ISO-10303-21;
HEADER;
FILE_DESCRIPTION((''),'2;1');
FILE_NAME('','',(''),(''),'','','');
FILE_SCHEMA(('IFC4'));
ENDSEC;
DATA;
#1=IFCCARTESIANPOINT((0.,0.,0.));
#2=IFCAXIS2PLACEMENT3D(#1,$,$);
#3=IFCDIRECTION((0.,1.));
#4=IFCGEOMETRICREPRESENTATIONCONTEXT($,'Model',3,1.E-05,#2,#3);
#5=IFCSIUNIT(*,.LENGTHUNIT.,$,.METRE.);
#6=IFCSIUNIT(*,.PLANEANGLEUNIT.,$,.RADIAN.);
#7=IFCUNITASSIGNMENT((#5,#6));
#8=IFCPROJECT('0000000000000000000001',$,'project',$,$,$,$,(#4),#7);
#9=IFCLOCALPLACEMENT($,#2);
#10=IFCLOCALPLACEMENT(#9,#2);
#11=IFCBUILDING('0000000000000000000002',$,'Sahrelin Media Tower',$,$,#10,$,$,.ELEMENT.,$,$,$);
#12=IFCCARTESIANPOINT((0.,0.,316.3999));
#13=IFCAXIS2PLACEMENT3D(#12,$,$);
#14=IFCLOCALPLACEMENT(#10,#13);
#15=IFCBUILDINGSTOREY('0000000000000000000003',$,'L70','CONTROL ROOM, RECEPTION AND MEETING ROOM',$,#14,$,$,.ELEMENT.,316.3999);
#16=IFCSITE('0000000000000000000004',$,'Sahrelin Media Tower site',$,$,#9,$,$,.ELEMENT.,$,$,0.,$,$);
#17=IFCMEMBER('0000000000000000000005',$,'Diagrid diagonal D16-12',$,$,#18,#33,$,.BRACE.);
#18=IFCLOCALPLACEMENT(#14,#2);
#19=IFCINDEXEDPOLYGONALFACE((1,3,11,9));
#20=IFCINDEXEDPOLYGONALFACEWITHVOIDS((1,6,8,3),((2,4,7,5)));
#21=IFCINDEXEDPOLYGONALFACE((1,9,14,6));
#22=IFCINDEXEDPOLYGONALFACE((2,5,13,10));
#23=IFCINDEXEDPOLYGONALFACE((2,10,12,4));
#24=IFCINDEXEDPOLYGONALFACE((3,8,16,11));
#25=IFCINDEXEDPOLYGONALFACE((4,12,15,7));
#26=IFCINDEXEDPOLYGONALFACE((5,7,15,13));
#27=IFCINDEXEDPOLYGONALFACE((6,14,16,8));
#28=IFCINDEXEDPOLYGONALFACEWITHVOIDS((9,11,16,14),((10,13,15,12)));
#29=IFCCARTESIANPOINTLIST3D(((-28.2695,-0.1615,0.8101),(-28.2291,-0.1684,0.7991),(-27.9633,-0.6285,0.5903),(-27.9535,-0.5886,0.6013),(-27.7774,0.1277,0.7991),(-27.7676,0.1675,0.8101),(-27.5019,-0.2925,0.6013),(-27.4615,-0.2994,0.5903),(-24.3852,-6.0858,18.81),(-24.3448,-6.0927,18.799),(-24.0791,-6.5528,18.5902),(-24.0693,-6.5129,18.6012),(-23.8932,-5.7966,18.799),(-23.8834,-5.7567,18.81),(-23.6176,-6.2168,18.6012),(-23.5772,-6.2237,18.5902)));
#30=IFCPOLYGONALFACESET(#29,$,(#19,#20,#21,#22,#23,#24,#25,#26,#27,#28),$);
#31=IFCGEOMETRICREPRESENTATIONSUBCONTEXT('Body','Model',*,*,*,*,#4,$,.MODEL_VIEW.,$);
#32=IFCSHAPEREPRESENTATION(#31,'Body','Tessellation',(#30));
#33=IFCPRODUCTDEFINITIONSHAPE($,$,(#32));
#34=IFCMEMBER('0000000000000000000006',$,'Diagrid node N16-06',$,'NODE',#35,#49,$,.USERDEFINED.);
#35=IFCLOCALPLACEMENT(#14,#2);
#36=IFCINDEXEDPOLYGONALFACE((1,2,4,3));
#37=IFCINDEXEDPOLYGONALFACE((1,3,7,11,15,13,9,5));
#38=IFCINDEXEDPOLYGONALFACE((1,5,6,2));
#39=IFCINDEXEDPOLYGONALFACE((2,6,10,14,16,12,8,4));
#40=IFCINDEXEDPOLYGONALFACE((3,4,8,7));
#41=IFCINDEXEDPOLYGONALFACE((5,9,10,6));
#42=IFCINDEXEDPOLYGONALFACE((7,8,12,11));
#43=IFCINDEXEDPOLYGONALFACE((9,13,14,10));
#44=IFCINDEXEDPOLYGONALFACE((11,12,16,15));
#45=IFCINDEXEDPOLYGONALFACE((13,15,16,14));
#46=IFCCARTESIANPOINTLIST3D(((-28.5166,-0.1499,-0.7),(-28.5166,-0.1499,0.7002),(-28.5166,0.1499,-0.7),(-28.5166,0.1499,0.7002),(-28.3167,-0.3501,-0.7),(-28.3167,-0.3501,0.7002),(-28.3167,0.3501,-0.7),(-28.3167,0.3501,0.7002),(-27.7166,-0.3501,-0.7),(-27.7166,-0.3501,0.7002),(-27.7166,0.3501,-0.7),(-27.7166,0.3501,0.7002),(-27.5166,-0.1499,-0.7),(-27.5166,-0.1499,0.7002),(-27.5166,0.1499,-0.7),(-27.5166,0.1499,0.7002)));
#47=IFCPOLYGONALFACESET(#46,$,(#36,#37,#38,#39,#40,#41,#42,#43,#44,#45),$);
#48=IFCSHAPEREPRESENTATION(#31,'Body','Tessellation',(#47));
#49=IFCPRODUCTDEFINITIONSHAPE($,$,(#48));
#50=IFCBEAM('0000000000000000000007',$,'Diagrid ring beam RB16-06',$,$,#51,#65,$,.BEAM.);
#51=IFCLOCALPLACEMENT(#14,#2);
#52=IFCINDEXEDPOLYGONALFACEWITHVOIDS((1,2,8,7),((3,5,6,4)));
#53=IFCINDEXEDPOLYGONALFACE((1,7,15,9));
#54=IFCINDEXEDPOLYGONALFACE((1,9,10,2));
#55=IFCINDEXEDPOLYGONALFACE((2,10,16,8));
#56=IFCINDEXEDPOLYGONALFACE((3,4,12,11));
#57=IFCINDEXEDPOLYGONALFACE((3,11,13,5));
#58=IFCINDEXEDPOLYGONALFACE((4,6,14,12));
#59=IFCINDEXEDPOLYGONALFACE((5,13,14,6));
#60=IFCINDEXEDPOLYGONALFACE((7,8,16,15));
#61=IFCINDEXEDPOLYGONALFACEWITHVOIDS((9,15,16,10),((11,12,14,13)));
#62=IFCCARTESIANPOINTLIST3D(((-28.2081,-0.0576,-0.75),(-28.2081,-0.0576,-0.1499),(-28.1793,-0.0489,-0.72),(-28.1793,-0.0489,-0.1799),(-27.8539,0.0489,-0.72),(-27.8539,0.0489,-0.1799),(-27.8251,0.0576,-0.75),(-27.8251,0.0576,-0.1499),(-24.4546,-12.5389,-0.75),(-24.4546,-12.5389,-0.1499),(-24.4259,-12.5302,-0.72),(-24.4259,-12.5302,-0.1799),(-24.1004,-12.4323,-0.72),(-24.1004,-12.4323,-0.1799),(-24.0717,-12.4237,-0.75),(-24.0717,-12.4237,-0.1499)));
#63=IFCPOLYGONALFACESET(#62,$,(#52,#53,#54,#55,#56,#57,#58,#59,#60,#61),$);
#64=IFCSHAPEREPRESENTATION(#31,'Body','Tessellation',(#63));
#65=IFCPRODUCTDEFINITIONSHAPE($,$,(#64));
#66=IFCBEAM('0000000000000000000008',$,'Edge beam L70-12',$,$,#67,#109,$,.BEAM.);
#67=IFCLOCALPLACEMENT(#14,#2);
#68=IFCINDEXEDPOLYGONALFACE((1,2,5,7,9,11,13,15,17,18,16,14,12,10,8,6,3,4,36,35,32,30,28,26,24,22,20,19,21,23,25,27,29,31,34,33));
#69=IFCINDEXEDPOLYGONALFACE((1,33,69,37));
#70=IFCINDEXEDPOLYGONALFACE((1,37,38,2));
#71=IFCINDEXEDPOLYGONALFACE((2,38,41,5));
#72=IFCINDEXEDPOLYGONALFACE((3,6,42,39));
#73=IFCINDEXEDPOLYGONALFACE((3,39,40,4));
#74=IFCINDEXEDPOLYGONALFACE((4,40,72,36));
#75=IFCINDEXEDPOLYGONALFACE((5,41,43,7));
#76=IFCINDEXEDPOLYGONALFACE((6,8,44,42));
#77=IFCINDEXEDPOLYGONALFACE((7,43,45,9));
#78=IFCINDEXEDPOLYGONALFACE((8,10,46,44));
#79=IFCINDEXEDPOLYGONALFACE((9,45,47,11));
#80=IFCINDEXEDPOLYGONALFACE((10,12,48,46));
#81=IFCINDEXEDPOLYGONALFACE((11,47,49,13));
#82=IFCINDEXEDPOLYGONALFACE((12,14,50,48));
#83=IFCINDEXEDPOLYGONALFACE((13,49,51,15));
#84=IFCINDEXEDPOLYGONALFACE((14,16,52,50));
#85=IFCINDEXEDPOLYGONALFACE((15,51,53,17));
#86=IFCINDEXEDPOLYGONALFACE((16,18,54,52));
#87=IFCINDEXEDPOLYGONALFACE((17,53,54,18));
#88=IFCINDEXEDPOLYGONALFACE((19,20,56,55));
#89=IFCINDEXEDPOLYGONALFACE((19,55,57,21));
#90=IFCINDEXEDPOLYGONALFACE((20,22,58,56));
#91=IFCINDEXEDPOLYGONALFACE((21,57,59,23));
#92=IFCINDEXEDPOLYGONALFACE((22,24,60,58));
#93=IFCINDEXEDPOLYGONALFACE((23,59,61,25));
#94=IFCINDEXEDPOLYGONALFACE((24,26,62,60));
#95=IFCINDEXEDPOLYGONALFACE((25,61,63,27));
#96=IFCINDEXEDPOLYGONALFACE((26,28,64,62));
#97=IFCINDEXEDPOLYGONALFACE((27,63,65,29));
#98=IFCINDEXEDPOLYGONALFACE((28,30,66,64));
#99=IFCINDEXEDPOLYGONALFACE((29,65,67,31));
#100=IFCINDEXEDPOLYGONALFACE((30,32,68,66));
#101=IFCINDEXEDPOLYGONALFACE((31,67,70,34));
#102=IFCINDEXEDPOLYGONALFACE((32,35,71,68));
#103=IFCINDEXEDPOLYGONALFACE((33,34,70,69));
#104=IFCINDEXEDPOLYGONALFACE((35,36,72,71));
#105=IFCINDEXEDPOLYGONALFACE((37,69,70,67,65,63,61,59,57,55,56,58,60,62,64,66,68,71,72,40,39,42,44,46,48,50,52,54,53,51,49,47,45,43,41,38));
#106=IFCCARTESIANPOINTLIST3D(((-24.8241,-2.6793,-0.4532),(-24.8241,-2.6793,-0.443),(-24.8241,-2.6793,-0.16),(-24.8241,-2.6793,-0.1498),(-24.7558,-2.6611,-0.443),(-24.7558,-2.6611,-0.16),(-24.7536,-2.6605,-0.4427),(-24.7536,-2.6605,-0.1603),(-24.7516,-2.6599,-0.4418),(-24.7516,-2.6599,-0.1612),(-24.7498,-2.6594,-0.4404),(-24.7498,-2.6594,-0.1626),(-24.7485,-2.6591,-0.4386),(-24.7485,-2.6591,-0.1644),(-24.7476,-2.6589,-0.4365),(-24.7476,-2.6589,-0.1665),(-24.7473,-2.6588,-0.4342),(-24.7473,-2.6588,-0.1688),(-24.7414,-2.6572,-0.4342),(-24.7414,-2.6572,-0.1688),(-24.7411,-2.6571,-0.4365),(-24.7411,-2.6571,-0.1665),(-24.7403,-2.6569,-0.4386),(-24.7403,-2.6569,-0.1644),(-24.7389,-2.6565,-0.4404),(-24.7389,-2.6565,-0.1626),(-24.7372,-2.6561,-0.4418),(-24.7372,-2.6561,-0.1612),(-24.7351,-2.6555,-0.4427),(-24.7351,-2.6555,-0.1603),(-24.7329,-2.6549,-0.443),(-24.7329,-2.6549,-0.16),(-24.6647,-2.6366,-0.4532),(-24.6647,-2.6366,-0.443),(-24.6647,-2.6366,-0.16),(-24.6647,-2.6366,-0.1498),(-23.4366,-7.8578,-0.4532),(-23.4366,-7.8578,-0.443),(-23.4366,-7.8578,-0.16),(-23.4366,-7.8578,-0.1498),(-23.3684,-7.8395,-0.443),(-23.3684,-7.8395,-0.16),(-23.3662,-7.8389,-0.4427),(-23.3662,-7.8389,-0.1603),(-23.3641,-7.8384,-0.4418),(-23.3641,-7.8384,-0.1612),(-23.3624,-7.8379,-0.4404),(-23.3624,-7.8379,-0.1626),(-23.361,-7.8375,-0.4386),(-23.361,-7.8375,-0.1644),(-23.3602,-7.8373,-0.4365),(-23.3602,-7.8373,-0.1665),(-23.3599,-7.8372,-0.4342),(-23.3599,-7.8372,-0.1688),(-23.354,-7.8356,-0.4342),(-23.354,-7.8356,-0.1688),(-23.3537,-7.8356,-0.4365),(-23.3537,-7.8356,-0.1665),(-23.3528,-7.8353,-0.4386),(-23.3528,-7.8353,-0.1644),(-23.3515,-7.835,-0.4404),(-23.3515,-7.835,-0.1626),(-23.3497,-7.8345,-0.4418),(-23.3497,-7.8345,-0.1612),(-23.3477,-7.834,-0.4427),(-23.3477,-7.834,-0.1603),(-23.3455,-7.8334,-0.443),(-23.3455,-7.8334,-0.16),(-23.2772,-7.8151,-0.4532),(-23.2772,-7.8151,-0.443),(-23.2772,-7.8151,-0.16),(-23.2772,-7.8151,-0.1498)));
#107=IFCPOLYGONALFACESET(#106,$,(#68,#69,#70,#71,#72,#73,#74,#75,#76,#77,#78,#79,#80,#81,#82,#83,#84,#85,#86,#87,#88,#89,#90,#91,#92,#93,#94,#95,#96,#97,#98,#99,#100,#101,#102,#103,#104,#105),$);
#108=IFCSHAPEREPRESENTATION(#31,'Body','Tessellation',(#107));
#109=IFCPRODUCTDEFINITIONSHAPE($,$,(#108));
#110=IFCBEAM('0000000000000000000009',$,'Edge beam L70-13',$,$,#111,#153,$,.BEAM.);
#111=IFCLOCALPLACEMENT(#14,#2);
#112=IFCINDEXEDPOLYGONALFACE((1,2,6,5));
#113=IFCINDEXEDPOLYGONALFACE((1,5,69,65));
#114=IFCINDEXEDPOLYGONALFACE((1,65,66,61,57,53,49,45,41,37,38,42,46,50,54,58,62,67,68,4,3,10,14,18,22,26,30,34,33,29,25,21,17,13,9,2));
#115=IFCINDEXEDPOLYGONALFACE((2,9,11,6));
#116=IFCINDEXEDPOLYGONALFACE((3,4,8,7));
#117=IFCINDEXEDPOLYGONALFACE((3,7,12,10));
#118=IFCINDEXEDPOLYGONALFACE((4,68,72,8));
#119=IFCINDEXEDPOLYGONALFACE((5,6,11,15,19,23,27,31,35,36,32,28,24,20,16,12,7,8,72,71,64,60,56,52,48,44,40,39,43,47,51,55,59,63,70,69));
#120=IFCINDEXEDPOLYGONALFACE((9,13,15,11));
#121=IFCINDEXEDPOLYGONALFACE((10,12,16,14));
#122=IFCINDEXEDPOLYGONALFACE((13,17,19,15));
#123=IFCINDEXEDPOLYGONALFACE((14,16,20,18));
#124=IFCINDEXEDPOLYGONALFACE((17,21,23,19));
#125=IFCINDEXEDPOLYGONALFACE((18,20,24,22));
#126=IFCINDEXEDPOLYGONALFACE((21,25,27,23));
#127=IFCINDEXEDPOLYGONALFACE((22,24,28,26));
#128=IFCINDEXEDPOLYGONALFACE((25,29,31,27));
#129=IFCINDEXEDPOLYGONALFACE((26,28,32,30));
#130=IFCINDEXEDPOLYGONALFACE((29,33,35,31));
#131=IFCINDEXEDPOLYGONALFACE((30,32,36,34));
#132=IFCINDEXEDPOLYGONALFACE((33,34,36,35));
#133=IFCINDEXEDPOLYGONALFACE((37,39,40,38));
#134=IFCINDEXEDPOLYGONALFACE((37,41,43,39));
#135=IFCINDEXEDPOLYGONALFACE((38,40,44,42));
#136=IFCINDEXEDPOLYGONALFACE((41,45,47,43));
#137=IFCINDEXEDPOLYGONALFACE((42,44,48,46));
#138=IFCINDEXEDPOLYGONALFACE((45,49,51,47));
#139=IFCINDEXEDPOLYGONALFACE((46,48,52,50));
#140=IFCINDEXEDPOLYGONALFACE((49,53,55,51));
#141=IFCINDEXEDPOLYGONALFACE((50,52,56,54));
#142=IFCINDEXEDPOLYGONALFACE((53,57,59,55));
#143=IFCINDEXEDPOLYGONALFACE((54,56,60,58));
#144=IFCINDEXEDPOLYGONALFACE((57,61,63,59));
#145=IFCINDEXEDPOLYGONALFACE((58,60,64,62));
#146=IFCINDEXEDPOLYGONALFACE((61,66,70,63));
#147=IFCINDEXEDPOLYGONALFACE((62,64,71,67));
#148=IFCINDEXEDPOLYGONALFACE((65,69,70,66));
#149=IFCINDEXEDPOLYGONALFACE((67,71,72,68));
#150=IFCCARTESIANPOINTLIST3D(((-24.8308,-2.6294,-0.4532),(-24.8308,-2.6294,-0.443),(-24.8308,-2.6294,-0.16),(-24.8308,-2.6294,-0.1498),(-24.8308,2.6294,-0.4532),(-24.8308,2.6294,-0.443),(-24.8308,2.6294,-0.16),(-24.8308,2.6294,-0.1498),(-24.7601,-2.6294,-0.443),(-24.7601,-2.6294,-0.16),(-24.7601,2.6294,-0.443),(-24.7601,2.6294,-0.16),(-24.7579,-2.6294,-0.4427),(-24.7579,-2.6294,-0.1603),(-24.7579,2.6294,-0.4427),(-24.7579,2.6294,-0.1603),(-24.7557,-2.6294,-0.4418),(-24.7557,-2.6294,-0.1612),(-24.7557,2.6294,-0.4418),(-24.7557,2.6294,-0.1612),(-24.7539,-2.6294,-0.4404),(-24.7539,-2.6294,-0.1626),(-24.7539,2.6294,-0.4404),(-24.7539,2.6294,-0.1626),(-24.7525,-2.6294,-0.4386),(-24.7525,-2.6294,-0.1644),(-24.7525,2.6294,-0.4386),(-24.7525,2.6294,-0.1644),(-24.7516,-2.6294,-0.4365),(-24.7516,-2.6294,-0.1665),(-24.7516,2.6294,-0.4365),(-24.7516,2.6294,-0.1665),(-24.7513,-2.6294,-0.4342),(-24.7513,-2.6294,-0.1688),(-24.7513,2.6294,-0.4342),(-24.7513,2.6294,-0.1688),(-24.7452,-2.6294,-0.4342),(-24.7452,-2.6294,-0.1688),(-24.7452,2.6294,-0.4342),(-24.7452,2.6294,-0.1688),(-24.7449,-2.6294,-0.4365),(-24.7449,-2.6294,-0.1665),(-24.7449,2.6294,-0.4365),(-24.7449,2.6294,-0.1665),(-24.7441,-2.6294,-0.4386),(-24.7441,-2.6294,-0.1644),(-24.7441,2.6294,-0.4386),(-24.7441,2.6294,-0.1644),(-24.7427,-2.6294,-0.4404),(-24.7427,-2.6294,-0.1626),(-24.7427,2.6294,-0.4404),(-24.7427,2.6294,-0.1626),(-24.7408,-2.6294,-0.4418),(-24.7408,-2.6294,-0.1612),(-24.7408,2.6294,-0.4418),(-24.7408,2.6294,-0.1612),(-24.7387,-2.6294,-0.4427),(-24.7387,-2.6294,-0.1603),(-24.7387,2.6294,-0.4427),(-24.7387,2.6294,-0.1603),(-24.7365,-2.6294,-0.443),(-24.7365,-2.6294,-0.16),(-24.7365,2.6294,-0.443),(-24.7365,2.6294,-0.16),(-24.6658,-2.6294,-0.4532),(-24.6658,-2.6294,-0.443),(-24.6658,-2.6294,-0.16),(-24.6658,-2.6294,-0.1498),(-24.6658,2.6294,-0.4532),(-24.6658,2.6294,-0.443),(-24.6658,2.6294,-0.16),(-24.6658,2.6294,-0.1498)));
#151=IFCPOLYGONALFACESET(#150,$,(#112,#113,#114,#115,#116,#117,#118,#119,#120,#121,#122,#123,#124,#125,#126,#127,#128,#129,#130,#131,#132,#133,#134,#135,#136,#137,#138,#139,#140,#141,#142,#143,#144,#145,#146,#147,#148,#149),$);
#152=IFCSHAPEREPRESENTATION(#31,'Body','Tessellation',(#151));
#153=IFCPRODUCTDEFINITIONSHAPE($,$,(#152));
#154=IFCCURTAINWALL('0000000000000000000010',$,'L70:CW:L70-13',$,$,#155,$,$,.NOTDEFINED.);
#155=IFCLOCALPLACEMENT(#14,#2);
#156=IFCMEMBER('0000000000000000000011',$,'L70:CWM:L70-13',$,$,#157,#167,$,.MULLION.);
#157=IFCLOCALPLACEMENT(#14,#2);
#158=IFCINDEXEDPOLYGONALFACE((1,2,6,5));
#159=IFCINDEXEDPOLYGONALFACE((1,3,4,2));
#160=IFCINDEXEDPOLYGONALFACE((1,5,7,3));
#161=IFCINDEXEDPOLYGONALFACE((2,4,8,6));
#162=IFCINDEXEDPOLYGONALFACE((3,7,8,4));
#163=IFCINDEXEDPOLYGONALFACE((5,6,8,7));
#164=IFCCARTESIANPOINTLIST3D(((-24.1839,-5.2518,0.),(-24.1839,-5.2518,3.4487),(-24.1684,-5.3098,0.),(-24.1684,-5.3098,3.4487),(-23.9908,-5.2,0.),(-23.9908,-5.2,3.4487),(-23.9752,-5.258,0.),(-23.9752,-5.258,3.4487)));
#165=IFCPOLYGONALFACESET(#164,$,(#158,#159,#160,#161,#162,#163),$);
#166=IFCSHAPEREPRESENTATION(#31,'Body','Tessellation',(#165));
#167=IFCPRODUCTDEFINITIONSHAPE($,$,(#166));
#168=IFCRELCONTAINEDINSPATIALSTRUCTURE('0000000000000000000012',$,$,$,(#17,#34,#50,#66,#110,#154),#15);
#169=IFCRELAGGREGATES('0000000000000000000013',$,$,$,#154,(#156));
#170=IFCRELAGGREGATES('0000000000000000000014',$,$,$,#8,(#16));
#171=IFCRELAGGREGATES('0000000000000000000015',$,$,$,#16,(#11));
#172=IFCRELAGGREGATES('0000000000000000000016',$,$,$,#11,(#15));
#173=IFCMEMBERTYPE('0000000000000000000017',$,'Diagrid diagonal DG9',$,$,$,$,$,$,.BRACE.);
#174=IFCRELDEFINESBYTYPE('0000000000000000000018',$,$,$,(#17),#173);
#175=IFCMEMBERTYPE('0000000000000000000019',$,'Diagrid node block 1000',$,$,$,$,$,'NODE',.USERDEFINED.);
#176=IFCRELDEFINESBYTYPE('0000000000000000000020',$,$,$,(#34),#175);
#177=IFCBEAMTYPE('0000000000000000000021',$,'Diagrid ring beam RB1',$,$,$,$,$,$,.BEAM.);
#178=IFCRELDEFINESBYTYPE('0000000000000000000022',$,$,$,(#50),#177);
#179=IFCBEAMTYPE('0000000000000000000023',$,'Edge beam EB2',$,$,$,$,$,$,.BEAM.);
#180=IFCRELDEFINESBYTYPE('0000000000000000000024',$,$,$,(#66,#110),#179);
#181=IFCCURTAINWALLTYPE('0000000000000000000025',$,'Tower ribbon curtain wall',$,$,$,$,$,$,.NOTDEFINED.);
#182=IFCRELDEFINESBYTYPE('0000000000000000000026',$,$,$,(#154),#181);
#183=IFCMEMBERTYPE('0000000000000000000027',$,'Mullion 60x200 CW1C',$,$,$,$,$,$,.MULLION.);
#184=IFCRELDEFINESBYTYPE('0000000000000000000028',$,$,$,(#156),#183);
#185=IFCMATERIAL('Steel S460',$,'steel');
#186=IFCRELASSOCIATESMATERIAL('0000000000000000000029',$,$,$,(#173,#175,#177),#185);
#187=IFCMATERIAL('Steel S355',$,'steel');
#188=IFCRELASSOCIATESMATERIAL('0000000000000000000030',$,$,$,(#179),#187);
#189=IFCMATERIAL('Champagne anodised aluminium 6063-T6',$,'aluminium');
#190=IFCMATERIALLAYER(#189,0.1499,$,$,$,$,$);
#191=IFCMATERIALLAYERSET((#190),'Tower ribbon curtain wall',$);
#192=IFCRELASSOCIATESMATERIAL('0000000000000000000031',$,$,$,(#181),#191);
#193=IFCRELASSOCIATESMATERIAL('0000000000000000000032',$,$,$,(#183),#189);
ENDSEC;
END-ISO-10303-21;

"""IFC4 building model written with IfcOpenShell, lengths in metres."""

from ifc_helpers import new_model, si_unit, direction, frame, origin, origin_2d, place, context, subcontext, project, spatial, polyline, rectangle, hollow_rectangle, i_section, outline, extrude, material, layer, layer_set, material_profile, profile_set, type_object, element, aggregate, save


model = new_model("IFC4")

# Units and contexts
model_context = context("Model", 3, precision=1e-05, world=origin(), true_north=direction((0.0, 1.0)))
body_context = subcontext(model_context, "Body", "Model", "MODEL_VIEW")
ifc_project = project(units=[si_unit("LENGTHUNIT", "METRE"), si_unit("PLANEANGLEUNIT", "RADIAN")], contexts=[model_context])

# Site, building, storey
site_placement = place(None, origin())
site = spatial("IfcSite", under=ifc_project, at=site_placement, Name="Sahrelin Media Tower site", CompositionType="ELEMENT", RefElevation=0.0)
building_placement = place(site_placement, origin())
building = spatial("IfcBuilding", under=site, at=building_placement, Name="Sahrelin Media Tower", CompositionType="ELEMENT")
storey_placement = place(building_placement, frame((0.0, 0.0, 316.3999)))
storey = spatial("IfcBuildingStorey", under=building, at=storey_placement, Name="L70", Description="CONTROL ROOM, RECEPTION AND MEETING ROOM", CompositionType="ELEMENT", Elevation=316.3999)

# Members
ifc_material_1 = material(Name="Steel S460", Category="steel")
ifc_material_profile_1 = material_profile(ifc_material_1, hollow_rectangle(XDim=0.6001, YDim=0.6001, WallThickness=0.03, at=origin_2d()), Name="Diagrid diagonal DG9")
ifc_profile_set_1 = profile_set([ifc_material_profile_1], Name="Steel S460")
member_type_1 = type_object("IfcMemberType", Name="Diagrid diagonal DG9", PredefinedType="BRACE", material=ifc_profile_set_1)
member_1_placement = place(storey_placement, frame((-27.8655, -0.2305, 0.7002), z_axis=(0.200802, -0.306263, 0.930528), x_axis=(0.836278, 0.548306, 0.0)))
element("IfcMember", 1, at=member_1_placement, inside=storey, type_object=member_type_1, Name="Diagrid diagonal D16-12", PredefinedType="BRACE", context=body_context, shape_type="SweptSolid", body=[
    extrude(hollow_rectangle(XDim=0.6001, YDim=0.6001, WallThickness=0.03, at=origin_2d()), origin(), (0.0, 0.0, 1.0), 19.3438),
])
ifc_material_profile_2 = material_profile(ifc_material_1, outline(polyline([(0.3, -0.3501), (0.5, -0.1499), (0.5, 0.1499), (0.3, 0.3501), (-0.3, 0.3501), (-0.5, 0.1499), (-0.5, -0.1499), (-0.3, -0.3501), (0.3, -0.3501)])), Name="Diagrid node block 1000")
ifc_profile_set_2 = profile_set([ifc_material_profile_2], Name="Steel S460")
member_type_2 = type_object("IfcMemberType", Name="Diagrid node block 1000", ElementType="NODE", PredefinedType="USERDEFINED", material=ifc_profile_set_2)
member_2_placement = place(storey_placement, frame((-28.0166, 0.0, -0.7), z_axis=(0.0, 0.0, 1.0), x_axis=(-1.0, 0.0, 0.0)))
element("IfcMember", 2, at=member_2_placement, inside=storey, type_object=member_type_2, Name="Diagrid node N16-06", ObjectType="NODE", PredefinedType="USERDEFINED", context=body_context, shape_type="SweptSolid", body=[
    extrude(outline(polyline([(0.3, -0.3501), (0.5, -0.1499), (0.5, 0.1499), (0.3, 0.3501), (-0.3, 0.3501), (-0.5, 0.1499), (-0.5, -0.1499), (-0.3, -0.3501), (0.3, -0.3501)])), origin(), (0.0, 0.0, 1.0), 1.4001),
])

# Beams
ifc_material_profile_3 = material_profile(ifc_material_1, hollow_rectangle(XDim=0.3999, YDim=0.6001, WallThickness=0.03, at=origin_2d()), Name="Diagrid ring beam RB1")
ifc_profile_set_3 = profile_set([ifc_material_profile_3], Name="Steel S460")
beam_type_1 = type_object("IfcBeamType", Name="Diagrid ring beam RB1", PredefinedType="BEAM", material=ifc_profile_set_3)
beam_1_placement = place(storey_placement, frame((-28.0166, 0.0, -0.45), z_axis=(0.287985, -0.957635, 0.0), x_axis=(0.957635, 0.287985, 0.0)))
element("IfcBeam", 3, at=beam_1_placement, inside=storey, type_object=beam_type_1, Name="Diagrid ring beam RB16-06", PredefinedType="BEAM", context=body_context, shape_type="SweptSolid", body=[
    extrude(hollow_rectangle(XDim=0.3999, YDim=0.6001, WallThickness=0.03, at=origin_2d()), origin(), (0.0, 0.0, 1.0), 13.0334),
])
ifc_material_2 = material(Name="Steel S355", Category="steel")
ifc_material_profile_4 = material_profile(ifc_material_2, i_section(OverallWidth=0.165, OverallDepth=0.3035, WebThickness=0.0061, FlangeThickness=0.0103, FilletRadius=0.0088, at=origin_2d()), Name="UB 305x165x40")
ifc_profile_set_4 = profile_set([ifc_material_profile_4], Name="Steel S355")
beam_type_2 = type_object("IfcBeamType", Name="Edge beam EB2", PredefinedType="BEAM", material=ifc_profile_set_4)
beam_2_placement = place(storey_placement, frame((-23.3569, -7.8364, -0.3015), z_axis=(-0.258799, 0.965931, 0.0), x_axis=(-0.965931, -0.258799, 0.0)))
element("IfcBeam", 4, at=beam_2_placement, inside=storey, type_object=beam_type_2, Name="Edge beam L70-12", PredefinedType="BEAM", context=body_context, shape_type="SweptSolid", body=[
    extrude(i_section(OverallWidth=0.165, OverallDepth=0.3035, WebThickness=0.0061, FlangeThickness=0.0103, FilletRadius=0.0088, at=origin_2d()), origin(), (0.0, 0.0, 1.0), 5.3611),
])
beam_3_placement = place(storey_placement, frame((-24.7483, -2.6294, -0.3015), z_axis=(0.0, 1.0, 0.0), x_axis=(-1.0, 0.0, 0.0)))
element("IfcBeam", 5, at=beam_3_placement, inside=storey, type_object=beam_type_2, Name="Edge beam L70-13", PredefinedType="BEAM", context=body_context, shape_type="SweptSolid", body=[
    extrude(i_section(OverallWidth=0.165, OverallDepth=0.3035, WebThickness=0.0061, FlangeThickness=0.0103, FilletRadius=0.0088, at=origin_2d()), origin(), (0.0, 0.0, 1.0), 5.2588),
])

# Curtain wall, member
ifc_material_3 = material(Name="Champagne anodised aluminium 6063-T6", Category="aluminium")
ifc_layer_1 = layer(ifc_material_3, 0.1499)
ifc_layer_set_1 = layer_set([ifc_layer_1], Name="Tower ribbon curtain wall")
curtain_wall_type = type_object("IfcCurtainWallType", Name="Tower ribbon curtain wall", PredefinedType="NOTDEFINED", material=ifc_layer_set_1)
curtain_wall_1_placement = place(storey_placement, frame((-24.1956, -5.2859, 0.0), z_axis=(0.0, 0.0, 1.0), x_axis=(1.0, 0.0, 0.0)))
curtain_wall_1 = element("IfcCurtainWall", 6, at=curtain_wall_1_placement, inside=storey, type_object=curtain_wall_type, Name="L70:CW:L70-13", PredefinedType="NOTDEFINED")
ifc_material_profile_5 = material_profile(ifc_material_3, rectangle(XDim=0.0601, YDim=0.2, at=origin_2d()), Name="Mullion 60x200")
ifc_profile_set_5 = profile_set([ifc_material_profile_5], Name="Champagne anodised aluminium 6063-T6")
member_type_3 = type_object("IfcMemberType", Name="Mullion 60x200 CW1C", PredefinedType="MULLION", material=ifc_profile_set_5)
member_3_placement = place(storey_placement, frame((-24.0796, -5.2549, 0.0), z_axis=(0.0, 0.0, 1.0), x_axis=(0.258821, -0.965925, 0.0)))
member_3 = element("IfcMember", 7, at=member_3_placement, type_object=member_type_3, Name="L70:CWM:L70-13", PredefinedType="MULLION", context=body_context, shape_type="SweptSolid", body=[
    extrude(rectangle(XDim=0.0601, YDim=0.2, at=origin_2d()), origin(), (0.0, 0.0, 1.0), 3.4487),
])

aggregate(curtain_wall_1, [member_3])

save(model, "model.ifc")
